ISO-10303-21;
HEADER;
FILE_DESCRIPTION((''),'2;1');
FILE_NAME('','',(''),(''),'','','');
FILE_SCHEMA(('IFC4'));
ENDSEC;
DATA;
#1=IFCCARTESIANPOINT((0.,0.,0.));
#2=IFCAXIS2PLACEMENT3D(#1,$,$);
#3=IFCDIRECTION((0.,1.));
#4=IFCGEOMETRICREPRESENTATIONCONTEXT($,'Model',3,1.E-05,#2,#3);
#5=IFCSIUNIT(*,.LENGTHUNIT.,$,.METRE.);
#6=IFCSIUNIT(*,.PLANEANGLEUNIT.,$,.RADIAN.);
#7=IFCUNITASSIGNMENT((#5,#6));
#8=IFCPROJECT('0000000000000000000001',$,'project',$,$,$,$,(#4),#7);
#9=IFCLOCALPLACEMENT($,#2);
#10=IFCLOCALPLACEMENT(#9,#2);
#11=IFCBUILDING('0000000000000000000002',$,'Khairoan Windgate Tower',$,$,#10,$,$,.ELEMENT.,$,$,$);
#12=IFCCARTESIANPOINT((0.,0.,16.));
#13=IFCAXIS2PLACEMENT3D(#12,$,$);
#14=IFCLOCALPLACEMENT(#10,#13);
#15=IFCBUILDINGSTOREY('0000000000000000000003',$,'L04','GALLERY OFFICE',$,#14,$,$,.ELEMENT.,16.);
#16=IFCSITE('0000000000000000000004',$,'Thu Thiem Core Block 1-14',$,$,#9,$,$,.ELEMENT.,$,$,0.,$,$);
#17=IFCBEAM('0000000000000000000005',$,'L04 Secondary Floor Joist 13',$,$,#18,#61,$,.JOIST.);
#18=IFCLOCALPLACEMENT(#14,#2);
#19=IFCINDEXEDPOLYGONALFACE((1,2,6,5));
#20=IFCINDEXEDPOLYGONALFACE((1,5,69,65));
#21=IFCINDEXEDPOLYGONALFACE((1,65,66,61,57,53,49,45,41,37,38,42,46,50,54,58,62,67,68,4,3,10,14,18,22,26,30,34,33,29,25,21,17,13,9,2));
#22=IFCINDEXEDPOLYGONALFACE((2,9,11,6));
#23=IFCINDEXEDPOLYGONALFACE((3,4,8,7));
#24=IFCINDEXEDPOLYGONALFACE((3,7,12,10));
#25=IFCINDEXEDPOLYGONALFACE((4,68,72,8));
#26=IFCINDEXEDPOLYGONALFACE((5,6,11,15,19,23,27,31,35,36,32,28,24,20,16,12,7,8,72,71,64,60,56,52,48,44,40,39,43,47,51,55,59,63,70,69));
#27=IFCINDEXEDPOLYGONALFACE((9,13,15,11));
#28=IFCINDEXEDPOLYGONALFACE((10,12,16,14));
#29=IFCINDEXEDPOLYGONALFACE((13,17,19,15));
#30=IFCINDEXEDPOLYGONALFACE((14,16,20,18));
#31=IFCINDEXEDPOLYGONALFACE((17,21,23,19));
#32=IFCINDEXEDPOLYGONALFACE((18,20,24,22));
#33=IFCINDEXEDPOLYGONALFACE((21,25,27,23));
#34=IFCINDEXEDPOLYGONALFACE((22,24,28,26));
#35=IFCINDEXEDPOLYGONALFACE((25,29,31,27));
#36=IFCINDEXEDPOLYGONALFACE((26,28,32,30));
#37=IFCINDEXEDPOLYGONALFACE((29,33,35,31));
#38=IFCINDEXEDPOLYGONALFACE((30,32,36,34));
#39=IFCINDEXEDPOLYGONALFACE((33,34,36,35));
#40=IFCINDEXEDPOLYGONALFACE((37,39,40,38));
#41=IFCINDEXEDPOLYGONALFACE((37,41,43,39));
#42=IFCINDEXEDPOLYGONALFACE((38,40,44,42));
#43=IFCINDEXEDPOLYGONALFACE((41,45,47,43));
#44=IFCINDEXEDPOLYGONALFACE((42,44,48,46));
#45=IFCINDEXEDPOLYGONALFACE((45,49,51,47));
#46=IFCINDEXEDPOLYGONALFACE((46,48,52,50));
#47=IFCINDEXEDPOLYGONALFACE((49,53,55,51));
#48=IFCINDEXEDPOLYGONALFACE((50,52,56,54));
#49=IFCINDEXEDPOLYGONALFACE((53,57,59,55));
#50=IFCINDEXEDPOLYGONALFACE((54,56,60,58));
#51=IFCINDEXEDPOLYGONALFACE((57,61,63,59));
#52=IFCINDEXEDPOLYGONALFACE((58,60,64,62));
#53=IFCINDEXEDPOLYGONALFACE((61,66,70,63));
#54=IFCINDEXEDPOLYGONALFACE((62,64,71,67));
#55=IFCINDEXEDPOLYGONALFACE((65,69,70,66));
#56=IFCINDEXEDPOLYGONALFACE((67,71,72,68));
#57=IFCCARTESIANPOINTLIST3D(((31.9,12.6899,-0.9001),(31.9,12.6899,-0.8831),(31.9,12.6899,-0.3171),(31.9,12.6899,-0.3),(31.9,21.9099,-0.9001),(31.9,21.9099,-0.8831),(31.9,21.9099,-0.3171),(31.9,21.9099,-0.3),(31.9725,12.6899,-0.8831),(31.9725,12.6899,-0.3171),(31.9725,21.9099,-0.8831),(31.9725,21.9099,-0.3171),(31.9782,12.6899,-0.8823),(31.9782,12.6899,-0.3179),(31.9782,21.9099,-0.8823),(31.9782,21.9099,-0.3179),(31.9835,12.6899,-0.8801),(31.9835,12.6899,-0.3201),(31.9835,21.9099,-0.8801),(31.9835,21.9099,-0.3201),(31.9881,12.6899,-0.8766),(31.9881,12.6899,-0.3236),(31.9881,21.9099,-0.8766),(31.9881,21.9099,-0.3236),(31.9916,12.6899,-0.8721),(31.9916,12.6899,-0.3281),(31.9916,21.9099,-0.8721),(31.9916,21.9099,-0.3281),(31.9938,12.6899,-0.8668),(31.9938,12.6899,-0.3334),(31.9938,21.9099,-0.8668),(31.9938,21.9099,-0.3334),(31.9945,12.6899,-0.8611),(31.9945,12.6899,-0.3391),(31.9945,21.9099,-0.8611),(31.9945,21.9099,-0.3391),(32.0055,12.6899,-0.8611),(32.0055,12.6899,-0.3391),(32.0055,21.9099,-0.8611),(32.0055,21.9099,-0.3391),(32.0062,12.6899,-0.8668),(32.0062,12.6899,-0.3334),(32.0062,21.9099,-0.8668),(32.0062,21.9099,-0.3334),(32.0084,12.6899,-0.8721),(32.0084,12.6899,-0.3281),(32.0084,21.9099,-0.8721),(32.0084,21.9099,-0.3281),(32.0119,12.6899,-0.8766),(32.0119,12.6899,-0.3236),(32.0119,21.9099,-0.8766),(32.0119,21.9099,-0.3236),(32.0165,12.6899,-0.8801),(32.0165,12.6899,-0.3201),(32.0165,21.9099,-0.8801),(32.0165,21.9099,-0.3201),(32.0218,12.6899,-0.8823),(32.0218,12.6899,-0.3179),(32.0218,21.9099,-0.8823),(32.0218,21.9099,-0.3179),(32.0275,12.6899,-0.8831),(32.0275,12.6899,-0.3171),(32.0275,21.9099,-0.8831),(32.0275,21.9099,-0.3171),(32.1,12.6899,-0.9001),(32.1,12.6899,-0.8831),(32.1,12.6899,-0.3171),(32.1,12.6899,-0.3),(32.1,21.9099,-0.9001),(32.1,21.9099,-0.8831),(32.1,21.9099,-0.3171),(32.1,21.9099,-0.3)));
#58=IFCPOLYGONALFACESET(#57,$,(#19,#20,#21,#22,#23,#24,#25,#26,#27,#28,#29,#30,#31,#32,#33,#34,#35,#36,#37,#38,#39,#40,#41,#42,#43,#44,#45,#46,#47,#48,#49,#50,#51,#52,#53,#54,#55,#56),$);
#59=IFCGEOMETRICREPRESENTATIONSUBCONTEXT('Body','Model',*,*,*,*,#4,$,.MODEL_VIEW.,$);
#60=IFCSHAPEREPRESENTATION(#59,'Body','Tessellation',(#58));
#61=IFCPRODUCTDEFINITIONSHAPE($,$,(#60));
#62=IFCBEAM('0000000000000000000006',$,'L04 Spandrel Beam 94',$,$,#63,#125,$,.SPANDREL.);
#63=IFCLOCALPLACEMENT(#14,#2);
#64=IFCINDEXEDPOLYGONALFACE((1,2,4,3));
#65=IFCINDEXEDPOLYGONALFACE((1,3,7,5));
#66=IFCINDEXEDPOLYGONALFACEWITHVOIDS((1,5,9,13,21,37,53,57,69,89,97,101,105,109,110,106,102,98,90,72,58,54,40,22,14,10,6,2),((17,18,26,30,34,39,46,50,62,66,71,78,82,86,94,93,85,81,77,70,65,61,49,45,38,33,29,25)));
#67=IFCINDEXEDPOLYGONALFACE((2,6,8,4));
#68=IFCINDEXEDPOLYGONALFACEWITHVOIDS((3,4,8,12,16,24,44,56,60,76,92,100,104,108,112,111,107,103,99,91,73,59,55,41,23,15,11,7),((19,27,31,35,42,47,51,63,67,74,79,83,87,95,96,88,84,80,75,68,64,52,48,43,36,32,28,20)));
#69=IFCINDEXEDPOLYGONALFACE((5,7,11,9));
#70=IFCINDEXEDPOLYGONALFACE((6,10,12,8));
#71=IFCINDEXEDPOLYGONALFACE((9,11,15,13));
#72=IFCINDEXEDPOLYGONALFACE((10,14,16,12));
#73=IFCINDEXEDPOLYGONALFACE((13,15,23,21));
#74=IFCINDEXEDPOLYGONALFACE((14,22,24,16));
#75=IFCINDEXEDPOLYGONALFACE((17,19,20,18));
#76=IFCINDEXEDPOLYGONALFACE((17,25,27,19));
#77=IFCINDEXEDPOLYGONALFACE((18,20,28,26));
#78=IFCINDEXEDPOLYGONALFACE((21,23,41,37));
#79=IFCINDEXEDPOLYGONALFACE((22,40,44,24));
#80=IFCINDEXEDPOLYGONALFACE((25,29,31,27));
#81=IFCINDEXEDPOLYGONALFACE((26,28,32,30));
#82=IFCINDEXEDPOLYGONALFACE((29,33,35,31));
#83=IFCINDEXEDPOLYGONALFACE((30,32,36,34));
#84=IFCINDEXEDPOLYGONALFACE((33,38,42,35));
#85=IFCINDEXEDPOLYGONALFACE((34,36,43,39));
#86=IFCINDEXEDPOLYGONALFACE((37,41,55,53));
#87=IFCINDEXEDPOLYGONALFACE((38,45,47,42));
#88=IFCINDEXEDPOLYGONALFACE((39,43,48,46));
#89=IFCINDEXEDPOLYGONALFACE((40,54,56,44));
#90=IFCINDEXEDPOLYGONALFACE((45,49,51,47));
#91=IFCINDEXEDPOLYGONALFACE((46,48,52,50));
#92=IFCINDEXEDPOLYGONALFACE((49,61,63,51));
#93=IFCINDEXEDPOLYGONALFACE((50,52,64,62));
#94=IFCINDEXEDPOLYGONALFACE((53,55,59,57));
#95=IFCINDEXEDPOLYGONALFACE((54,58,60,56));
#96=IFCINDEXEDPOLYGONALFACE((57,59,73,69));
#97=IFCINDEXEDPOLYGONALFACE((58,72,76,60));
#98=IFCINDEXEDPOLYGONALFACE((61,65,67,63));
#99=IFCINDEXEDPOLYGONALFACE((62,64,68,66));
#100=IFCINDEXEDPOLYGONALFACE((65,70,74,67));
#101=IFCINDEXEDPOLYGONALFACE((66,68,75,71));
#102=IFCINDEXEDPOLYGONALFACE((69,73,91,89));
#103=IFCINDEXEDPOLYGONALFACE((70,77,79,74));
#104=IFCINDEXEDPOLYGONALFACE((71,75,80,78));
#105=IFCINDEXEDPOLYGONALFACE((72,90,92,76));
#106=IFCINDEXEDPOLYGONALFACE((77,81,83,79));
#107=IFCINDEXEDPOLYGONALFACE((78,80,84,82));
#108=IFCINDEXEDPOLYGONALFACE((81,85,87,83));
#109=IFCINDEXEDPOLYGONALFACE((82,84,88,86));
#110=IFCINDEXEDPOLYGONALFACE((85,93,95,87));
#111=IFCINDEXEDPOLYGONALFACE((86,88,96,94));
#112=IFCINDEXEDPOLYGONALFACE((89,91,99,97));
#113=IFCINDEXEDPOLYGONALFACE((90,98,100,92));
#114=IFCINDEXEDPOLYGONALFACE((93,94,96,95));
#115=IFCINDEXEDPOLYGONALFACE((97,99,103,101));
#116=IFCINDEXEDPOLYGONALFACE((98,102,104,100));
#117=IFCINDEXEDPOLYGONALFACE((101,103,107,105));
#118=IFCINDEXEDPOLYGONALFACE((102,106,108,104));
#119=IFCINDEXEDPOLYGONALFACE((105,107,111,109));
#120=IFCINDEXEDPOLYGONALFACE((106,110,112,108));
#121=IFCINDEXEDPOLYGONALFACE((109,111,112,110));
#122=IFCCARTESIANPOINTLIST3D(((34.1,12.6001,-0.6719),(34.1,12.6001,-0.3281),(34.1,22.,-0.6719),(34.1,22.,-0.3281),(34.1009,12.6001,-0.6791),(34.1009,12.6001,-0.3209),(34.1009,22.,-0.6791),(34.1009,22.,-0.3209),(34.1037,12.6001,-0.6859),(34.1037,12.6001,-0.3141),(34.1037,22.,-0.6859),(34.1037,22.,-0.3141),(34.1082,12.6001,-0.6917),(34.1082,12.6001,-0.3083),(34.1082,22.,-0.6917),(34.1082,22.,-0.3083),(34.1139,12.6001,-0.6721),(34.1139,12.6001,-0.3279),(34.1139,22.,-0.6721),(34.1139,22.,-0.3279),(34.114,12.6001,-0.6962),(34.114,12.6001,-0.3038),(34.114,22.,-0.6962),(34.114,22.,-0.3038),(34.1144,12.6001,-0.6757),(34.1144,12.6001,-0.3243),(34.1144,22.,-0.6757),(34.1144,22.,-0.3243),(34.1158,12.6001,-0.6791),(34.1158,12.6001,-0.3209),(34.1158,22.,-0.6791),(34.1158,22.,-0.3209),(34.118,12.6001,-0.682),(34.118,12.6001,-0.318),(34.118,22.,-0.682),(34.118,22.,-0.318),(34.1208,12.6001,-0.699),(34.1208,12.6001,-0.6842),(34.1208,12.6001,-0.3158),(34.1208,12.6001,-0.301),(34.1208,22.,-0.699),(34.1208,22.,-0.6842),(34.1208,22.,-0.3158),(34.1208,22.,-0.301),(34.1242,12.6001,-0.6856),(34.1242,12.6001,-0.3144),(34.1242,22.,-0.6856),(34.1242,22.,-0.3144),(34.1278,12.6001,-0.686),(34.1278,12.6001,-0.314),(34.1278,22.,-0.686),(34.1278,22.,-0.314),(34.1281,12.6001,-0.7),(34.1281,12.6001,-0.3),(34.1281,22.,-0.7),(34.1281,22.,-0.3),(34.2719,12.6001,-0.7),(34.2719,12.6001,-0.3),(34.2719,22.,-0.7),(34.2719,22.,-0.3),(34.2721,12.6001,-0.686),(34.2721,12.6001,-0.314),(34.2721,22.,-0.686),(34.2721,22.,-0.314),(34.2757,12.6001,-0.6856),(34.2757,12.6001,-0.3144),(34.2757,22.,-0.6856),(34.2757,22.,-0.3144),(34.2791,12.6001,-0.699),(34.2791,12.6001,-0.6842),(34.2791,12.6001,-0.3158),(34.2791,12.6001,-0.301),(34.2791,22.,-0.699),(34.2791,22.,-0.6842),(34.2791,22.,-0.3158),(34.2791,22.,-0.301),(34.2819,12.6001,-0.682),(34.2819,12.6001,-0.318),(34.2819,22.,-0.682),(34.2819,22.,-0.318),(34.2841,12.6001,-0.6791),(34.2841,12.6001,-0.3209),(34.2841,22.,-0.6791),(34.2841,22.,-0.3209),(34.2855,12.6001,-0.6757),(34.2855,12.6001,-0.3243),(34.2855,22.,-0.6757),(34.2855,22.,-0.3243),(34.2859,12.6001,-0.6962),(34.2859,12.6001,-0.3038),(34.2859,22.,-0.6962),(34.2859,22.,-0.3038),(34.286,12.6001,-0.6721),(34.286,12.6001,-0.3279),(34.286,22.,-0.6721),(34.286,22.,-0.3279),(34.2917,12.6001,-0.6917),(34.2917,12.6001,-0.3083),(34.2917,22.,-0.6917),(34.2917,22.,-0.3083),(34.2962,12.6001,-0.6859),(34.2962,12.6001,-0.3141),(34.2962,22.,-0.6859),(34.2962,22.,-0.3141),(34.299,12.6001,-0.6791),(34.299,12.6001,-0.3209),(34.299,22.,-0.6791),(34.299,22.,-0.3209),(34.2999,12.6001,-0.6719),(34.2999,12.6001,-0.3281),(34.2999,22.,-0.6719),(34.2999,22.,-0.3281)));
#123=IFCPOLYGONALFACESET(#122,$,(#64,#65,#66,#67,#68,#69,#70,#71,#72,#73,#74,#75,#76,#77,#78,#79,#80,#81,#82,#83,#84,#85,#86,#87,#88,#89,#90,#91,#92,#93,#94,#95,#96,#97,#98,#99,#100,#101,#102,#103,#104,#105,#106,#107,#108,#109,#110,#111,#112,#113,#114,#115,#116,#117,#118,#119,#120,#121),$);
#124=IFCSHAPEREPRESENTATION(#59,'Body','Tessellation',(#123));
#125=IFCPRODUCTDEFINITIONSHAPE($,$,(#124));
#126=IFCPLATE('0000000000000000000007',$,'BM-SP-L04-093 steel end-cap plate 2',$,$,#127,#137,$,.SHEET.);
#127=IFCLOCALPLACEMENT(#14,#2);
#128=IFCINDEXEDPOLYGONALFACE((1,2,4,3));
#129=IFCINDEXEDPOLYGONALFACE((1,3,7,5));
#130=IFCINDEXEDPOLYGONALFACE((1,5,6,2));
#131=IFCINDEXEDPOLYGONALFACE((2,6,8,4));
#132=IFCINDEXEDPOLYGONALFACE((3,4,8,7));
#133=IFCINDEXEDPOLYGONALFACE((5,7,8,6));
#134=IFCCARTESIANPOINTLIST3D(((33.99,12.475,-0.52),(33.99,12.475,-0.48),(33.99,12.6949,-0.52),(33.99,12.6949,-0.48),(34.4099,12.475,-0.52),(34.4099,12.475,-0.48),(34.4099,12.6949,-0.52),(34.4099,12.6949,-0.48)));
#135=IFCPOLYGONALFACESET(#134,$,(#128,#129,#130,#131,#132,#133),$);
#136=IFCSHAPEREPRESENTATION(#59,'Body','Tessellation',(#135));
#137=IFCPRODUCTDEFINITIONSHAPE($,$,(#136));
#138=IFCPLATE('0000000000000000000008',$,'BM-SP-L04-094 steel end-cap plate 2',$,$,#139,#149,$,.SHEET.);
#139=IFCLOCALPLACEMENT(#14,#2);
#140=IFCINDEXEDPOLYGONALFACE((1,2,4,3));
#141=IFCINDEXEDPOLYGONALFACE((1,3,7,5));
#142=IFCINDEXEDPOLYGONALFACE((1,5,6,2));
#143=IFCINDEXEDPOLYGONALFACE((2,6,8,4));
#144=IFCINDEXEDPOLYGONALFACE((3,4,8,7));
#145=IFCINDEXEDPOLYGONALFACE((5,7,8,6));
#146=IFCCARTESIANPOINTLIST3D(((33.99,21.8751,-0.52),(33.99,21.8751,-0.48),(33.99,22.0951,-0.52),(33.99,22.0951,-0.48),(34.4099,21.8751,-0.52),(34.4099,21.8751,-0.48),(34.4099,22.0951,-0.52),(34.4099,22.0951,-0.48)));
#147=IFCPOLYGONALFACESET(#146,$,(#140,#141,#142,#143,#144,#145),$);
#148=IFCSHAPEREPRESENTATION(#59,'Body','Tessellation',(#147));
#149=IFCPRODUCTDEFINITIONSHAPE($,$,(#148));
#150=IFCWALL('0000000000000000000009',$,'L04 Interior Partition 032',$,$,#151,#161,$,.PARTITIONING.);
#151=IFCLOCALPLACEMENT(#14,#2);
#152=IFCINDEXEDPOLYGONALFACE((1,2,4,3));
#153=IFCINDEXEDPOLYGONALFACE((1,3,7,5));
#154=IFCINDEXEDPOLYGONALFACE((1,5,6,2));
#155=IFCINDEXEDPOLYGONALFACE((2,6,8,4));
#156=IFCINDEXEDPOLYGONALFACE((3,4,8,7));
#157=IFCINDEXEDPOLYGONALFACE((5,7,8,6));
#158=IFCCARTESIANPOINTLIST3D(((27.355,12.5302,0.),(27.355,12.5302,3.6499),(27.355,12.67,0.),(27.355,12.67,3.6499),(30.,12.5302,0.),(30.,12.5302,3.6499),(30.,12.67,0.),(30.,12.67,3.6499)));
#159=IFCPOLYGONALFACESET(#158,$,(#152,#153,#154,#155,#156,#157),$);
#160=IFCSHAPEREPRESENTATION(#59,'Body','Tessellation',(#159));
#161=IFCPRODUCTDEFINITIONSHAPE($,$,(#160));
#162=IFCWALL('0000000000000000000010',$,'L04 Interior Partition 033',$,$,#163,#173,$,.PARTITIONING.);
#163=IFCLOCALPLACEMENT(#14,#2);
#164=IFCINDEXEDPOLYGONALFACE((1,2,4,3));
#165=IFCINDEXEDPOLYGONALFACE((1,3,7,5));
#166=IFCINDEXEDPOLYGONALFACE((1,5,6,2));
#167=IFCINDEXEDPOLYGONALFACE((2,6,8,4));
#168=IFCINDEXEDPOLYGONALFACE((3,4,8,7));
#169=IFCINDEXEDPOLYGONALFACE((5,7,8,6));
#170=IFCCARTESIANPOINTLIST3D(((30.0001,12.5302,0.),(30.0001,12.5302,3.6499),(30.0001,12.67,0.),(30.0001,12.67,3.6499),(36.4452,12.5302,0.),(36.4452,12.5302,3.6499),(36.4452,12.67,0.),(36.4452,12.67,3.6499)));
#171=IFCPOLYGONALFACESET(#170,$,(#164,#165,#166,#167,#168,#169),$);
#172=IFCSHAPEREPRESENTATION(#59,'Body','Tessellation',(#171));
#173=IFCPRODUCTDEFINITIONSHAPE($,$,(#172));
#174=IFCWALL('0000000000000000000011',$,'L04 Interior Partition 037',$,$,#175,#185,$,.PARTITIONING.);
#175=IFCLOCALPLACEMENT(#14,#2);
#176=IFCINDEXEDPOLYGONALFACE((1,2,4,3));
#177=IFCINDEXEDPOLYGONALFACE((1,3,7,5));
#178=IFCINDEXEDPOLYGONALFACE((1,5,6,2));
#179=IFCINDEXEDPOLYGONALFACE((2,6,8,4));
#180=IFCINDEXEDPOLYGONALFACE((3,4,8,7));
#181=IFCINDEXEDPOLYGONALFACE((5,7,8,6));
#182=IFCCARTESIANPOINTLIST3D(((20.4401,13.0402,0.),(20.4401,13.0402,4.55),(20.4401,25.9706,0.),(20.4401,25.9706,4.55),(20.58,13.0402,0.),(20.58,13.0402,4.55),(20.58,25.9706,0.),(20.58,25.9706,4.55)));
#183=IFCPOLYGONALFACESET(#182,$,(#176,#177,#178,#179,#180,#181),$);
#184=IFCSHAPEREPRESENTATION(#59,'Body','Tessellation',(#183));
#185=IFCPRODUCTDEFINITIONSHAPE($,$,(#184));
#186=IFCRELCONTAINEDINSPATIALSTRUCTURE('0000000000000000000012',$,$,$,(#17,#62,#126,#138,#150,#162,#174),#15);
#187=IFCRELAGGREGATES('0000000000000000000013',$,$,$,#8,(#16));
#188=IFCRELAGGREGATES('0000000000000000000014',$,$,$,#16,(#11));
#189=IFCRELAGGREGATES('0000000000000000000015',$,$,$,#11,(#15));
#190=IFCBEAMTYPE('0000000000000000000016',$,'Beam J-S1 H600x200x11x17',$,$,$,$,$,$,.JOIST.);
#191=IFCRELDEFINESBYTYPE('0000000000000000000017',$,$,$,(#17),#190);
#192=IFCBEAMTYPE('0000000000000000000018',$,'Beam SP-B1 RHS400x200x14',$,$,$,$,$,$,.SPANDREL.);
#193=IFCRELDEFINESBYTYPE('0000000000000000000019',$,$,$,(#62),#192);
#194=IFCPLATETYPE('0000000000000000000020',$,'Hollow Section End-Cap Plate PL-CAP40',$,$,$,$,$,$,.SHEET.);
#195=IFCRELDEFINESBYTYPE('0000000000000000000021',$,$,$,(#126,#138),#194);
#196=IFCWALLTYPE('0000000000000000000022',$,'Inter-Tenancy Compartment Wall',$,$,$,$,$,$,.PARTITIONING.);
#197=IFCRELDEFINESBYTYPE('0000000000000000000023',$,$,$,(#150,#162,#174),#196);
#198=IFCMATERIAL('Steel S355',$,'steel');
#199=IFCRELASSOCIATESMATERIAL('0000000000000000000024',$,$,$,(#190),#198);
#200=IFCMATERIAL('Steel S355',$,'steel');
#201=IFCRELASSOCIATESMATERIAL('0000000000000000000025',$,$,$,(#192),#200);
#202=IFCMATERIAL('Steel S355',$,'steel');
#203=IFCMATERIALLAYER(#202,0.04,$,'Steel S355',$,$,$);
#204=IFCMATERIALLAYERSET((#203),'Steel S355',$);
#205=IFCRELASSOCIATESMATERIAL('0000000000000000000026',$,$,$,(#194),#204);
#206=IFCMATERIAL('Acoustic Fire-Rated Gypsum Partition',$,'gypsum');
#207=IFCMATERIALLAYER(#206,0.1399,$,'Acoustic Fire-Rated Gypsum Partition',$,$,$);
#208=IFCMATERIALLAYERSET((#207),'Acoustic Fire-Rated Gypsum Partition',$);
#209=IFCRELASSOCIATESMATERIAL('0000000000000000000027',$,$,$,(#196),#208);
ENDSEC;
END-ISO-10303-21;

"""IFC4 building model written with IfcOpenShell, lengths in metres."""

from ifc_helpers import new_model, si_unit, direction, frame, frame_2d, origin, origin_2d, place, context, subcontext, project, spatial, rectangle, hollow_rectangle, i_section, extrude, material, layer, layer_set, material_profile, profile_set, type_object, element, save


model = new_model("IFC4")

# Units and contexts
model_context = context("Model", 3, precision=1e-05, world=origin(), true_north=direction((0.0, 1.0)))
body_context = subcontext(model_context, "Body", "Model", "MODEL_VIEW")
ifc_project = project(units=[si_unit("LENGTHUNIT", "METRE"), si_unit("PLANEANGLEUNIT", "RADIAN")], contexts=[model_context])

# Site, building, storey
site_placement = place(None, origin())
site = spatial("IfcSite", under=ifc_project, at=site_placement, Name="Thu Thiem Core Block 1-14", CompositionType="ELEMENT", RefElevation=0.0)
building_placement = place(site_placement, origin())
building = spatial("IfcBuilding", under=site, at=building_placement, Name="Khairoan Windgate Tower", CompositionType="ELEMENT")
storey_placement = place(building_placement, frame((0.0, 0.0, 16.0)))
storey = spatial("IfcBuildingStorey", under=building, at=storey_placement, Name="L04", Description="GALLERY OFFICE", CompositionType="ELEMENT", Elevation=16.0)

# Beams
ifc_material_1 = material(Name="Steel S355", Category="steel")
ifc_material_profile_1 = material_profile(ifc_material_1, i_section(OverallWidth=0.2, OverallDepth=0.6001, WebThickness=0.011, FlangeThickness=0.0171, FilletRadius=0.022, at=origin_2d()))
ifc_profile_set_1 = profile_set([ifc_material_profile_1], Name="Steel S355")
beam_type_1 = type_object("IfcBeamType", Name="Beam J-S1 H600x200x11x17", PredefinedType="JOIST", material=ifc_profile_set_1)
beam_1_placement = place(storey_placement, frame((32.0, 12.6899, -0.6001), z_axis=(0.0, 1.0, 0.0), x_axis=(-1.0, 0.0, 0.0)))
element("IfcBeam", 1, at=beam_1_placement, inside=storey, type_object=beam_type_1, Name="L04 Secondary Floor Joist 13", PredefinedType="JOIST", context=body_context, shape_type="SweptSolid", body=[
    extrude(i_section(OverallWidth=0.2, OverallDepth=0.6001, WebThickness=0.011, FlangeThickness=0.0171, FilletRadius=0.022, at=origin_2d()), origin(), (0.0, 0.0, 1.0), 9.22),
])
ifc_material_2 = material(Name="Steel S355", Category="steel")
ifc_material_profile_2 = material_profile(ifc_material_2, hollow_rectangle(XDim=0.2, YDim=0.3999, WallThickness=0.0139, InnerFilletRadius=0.0139, OuterFilletRadius=0.0281, at=origin_2d()))
ifc_profile_set_2 = profile_set([ifc_material_profile_2], Name="Steel S355")
beam_type_2 = type_object("IfcBeamType", Name="Beam SP-B1 RHS400x200x14", PredefinedType="SPANDREL", material=ifc_profile_set_2)
beam_2_placement = place(storey_placement, frame((34.2, 12.6001, -0.5), z_axis=(0.0, 1.0, 0.0), x_axis=(-1.0, 0.0, 0.0)))
element("IfcBeam", 2, at=beam_2_placement, inside=storey, type_object=beam_type_2, Name="L04 Spandrel Beam 94", PredefinedType="SPANDREL", context=body_context, shape_type="SweptSolid", body=[
    extrude(hollow_rectangle(XDim=0.2, YDim=0.3999, WallThickness=0.0139, InnerFilletRadius=0.0139, OuterFilletRadius=0.0281, at=origin_2d()), origin(), (0.0, 0.0, 1.0), 9.3999),
])

# Plates
ifc_material_3 = material(Name="Steel S355", Category="steel")
ifc_layer_1 = layer(ifc_material_3, 0.04, Name="Steel S355")
ifc_layer_set_1 = layer_set([ifc_layer_1], Name="Steel S355")
plate_type = type_object("IfcPlateType", Name="Hollow Section End-Cap Plate PL-CAP40", PredefinedType="SHEET", material=ifc_layer_set_1)
for number, where, z_axis, x_axis, name in (
    (3, (34.2, 12.585, -0.52), (0.0, 0.0, 1.0), (0.0, 1.0, 0.0), "BM-SP-L04-093 steel end-cap plate 2"),
    (4, (34.2, 21.9851, -0.52), (0.0, 0.0, 1.0), (0.0, 1.0, 0.0), "BM-SP-L04-094 steel end-cap plate 2"),
):
    element("IfcPlate", number, at=place(storey_placement, frame(where, z_axis=z_axis, x_axis=x_axis)), inside=storey, type_object=plate_type, Name=name, PredefinedType="SHEET", context=body_context, shape_type="SweptSolid", body=[
        extrude(rectangle(XDim=0.22, YDim=0.4199, at=origin_2d()), origin(), (0.0, 0.0, 1.0), 0.04),
    ])

# Walls
ifc_material_4 = material(Name="Acoustic Fire-Rated Gypsum Partition", Category="gypsum")
ifc_layer_2 = layer(ifc_material_4, 0.1399, Name="Acoustic Fire-Rated Gypsum Partition")
ifc_layer_set_2 = layer_set([ifc_layer_2], Name="Acoustic Fire-Rated Gypsum Partition")
wall_type_1 = type_object("IfcWallType", Name="Inter-Tenancy Compartment Wall", PredefinedType="PARTITIONING", material=ifc_layer_set_2)
wall_1_placement = place(storey_placement, frame((27.355, 12.6001, 0.0), z_axis=(0.0, 0.0, 1.0), x_axis=(1.0, 0.0, 0.0)))
element("IfcWall", 5, at=wall_1_placement, inside=storey, type_object=wall_type_1, Name="L04 Interior Partition 032", PredefinedType="PARTITIONING", context=body_context, shape_type="SweptSolid", body=[
    extrude(rectangle(XDim=2.645, YDim=0.1399, at=frame_2d((1.3225, 0.0))), origin(), (0.0, 0.0, 1.0), 3.6499),
])
wall_2_placement = place(storey_placement, frame((30.0, 12.6001, 0.0), z_axis=(0.0, 0.0, 1.0), x_axis=(1.0, 0.0, 0.0)))
element("IfcWall", 6, at=wall_2_placement, inside=storey, type_object=wall_type_1, Name="L04 Interior Partition 033", PredefinedType="PARTITIONING", context=body_context, shape_type="SweptSolid", body=[
    extrude(rectangle(XDim=6.4451, YDim=0.1399, at=frame_2d((3.2227, 0.0))), origin(), (0.0, 0.0, 1.0), 3.6499),
])
wall_3_placement = place(storey_placement, frame((20.51, 13.04, 0.0), z_axis=(0.0, 0.0, 1.0), x_axis=(0.0, 1.0, 0.0)))
element("IfcWall", 7, at=wall_3_placement, inside=storey, type_object=wall_type_1, Name="L04 Interior Partition 037", PredefinedType="PARTITIONING", context=body_context, shape_type="SweptSolid", body=[
    extrude(rectangle(XDim=12.9304, YDim=0.1399, at=frame_2d((6.4653, 0.0))), origin(), (0.0, 0.0, 1.0), 4.55),
])

save(model, "model.ifc")
